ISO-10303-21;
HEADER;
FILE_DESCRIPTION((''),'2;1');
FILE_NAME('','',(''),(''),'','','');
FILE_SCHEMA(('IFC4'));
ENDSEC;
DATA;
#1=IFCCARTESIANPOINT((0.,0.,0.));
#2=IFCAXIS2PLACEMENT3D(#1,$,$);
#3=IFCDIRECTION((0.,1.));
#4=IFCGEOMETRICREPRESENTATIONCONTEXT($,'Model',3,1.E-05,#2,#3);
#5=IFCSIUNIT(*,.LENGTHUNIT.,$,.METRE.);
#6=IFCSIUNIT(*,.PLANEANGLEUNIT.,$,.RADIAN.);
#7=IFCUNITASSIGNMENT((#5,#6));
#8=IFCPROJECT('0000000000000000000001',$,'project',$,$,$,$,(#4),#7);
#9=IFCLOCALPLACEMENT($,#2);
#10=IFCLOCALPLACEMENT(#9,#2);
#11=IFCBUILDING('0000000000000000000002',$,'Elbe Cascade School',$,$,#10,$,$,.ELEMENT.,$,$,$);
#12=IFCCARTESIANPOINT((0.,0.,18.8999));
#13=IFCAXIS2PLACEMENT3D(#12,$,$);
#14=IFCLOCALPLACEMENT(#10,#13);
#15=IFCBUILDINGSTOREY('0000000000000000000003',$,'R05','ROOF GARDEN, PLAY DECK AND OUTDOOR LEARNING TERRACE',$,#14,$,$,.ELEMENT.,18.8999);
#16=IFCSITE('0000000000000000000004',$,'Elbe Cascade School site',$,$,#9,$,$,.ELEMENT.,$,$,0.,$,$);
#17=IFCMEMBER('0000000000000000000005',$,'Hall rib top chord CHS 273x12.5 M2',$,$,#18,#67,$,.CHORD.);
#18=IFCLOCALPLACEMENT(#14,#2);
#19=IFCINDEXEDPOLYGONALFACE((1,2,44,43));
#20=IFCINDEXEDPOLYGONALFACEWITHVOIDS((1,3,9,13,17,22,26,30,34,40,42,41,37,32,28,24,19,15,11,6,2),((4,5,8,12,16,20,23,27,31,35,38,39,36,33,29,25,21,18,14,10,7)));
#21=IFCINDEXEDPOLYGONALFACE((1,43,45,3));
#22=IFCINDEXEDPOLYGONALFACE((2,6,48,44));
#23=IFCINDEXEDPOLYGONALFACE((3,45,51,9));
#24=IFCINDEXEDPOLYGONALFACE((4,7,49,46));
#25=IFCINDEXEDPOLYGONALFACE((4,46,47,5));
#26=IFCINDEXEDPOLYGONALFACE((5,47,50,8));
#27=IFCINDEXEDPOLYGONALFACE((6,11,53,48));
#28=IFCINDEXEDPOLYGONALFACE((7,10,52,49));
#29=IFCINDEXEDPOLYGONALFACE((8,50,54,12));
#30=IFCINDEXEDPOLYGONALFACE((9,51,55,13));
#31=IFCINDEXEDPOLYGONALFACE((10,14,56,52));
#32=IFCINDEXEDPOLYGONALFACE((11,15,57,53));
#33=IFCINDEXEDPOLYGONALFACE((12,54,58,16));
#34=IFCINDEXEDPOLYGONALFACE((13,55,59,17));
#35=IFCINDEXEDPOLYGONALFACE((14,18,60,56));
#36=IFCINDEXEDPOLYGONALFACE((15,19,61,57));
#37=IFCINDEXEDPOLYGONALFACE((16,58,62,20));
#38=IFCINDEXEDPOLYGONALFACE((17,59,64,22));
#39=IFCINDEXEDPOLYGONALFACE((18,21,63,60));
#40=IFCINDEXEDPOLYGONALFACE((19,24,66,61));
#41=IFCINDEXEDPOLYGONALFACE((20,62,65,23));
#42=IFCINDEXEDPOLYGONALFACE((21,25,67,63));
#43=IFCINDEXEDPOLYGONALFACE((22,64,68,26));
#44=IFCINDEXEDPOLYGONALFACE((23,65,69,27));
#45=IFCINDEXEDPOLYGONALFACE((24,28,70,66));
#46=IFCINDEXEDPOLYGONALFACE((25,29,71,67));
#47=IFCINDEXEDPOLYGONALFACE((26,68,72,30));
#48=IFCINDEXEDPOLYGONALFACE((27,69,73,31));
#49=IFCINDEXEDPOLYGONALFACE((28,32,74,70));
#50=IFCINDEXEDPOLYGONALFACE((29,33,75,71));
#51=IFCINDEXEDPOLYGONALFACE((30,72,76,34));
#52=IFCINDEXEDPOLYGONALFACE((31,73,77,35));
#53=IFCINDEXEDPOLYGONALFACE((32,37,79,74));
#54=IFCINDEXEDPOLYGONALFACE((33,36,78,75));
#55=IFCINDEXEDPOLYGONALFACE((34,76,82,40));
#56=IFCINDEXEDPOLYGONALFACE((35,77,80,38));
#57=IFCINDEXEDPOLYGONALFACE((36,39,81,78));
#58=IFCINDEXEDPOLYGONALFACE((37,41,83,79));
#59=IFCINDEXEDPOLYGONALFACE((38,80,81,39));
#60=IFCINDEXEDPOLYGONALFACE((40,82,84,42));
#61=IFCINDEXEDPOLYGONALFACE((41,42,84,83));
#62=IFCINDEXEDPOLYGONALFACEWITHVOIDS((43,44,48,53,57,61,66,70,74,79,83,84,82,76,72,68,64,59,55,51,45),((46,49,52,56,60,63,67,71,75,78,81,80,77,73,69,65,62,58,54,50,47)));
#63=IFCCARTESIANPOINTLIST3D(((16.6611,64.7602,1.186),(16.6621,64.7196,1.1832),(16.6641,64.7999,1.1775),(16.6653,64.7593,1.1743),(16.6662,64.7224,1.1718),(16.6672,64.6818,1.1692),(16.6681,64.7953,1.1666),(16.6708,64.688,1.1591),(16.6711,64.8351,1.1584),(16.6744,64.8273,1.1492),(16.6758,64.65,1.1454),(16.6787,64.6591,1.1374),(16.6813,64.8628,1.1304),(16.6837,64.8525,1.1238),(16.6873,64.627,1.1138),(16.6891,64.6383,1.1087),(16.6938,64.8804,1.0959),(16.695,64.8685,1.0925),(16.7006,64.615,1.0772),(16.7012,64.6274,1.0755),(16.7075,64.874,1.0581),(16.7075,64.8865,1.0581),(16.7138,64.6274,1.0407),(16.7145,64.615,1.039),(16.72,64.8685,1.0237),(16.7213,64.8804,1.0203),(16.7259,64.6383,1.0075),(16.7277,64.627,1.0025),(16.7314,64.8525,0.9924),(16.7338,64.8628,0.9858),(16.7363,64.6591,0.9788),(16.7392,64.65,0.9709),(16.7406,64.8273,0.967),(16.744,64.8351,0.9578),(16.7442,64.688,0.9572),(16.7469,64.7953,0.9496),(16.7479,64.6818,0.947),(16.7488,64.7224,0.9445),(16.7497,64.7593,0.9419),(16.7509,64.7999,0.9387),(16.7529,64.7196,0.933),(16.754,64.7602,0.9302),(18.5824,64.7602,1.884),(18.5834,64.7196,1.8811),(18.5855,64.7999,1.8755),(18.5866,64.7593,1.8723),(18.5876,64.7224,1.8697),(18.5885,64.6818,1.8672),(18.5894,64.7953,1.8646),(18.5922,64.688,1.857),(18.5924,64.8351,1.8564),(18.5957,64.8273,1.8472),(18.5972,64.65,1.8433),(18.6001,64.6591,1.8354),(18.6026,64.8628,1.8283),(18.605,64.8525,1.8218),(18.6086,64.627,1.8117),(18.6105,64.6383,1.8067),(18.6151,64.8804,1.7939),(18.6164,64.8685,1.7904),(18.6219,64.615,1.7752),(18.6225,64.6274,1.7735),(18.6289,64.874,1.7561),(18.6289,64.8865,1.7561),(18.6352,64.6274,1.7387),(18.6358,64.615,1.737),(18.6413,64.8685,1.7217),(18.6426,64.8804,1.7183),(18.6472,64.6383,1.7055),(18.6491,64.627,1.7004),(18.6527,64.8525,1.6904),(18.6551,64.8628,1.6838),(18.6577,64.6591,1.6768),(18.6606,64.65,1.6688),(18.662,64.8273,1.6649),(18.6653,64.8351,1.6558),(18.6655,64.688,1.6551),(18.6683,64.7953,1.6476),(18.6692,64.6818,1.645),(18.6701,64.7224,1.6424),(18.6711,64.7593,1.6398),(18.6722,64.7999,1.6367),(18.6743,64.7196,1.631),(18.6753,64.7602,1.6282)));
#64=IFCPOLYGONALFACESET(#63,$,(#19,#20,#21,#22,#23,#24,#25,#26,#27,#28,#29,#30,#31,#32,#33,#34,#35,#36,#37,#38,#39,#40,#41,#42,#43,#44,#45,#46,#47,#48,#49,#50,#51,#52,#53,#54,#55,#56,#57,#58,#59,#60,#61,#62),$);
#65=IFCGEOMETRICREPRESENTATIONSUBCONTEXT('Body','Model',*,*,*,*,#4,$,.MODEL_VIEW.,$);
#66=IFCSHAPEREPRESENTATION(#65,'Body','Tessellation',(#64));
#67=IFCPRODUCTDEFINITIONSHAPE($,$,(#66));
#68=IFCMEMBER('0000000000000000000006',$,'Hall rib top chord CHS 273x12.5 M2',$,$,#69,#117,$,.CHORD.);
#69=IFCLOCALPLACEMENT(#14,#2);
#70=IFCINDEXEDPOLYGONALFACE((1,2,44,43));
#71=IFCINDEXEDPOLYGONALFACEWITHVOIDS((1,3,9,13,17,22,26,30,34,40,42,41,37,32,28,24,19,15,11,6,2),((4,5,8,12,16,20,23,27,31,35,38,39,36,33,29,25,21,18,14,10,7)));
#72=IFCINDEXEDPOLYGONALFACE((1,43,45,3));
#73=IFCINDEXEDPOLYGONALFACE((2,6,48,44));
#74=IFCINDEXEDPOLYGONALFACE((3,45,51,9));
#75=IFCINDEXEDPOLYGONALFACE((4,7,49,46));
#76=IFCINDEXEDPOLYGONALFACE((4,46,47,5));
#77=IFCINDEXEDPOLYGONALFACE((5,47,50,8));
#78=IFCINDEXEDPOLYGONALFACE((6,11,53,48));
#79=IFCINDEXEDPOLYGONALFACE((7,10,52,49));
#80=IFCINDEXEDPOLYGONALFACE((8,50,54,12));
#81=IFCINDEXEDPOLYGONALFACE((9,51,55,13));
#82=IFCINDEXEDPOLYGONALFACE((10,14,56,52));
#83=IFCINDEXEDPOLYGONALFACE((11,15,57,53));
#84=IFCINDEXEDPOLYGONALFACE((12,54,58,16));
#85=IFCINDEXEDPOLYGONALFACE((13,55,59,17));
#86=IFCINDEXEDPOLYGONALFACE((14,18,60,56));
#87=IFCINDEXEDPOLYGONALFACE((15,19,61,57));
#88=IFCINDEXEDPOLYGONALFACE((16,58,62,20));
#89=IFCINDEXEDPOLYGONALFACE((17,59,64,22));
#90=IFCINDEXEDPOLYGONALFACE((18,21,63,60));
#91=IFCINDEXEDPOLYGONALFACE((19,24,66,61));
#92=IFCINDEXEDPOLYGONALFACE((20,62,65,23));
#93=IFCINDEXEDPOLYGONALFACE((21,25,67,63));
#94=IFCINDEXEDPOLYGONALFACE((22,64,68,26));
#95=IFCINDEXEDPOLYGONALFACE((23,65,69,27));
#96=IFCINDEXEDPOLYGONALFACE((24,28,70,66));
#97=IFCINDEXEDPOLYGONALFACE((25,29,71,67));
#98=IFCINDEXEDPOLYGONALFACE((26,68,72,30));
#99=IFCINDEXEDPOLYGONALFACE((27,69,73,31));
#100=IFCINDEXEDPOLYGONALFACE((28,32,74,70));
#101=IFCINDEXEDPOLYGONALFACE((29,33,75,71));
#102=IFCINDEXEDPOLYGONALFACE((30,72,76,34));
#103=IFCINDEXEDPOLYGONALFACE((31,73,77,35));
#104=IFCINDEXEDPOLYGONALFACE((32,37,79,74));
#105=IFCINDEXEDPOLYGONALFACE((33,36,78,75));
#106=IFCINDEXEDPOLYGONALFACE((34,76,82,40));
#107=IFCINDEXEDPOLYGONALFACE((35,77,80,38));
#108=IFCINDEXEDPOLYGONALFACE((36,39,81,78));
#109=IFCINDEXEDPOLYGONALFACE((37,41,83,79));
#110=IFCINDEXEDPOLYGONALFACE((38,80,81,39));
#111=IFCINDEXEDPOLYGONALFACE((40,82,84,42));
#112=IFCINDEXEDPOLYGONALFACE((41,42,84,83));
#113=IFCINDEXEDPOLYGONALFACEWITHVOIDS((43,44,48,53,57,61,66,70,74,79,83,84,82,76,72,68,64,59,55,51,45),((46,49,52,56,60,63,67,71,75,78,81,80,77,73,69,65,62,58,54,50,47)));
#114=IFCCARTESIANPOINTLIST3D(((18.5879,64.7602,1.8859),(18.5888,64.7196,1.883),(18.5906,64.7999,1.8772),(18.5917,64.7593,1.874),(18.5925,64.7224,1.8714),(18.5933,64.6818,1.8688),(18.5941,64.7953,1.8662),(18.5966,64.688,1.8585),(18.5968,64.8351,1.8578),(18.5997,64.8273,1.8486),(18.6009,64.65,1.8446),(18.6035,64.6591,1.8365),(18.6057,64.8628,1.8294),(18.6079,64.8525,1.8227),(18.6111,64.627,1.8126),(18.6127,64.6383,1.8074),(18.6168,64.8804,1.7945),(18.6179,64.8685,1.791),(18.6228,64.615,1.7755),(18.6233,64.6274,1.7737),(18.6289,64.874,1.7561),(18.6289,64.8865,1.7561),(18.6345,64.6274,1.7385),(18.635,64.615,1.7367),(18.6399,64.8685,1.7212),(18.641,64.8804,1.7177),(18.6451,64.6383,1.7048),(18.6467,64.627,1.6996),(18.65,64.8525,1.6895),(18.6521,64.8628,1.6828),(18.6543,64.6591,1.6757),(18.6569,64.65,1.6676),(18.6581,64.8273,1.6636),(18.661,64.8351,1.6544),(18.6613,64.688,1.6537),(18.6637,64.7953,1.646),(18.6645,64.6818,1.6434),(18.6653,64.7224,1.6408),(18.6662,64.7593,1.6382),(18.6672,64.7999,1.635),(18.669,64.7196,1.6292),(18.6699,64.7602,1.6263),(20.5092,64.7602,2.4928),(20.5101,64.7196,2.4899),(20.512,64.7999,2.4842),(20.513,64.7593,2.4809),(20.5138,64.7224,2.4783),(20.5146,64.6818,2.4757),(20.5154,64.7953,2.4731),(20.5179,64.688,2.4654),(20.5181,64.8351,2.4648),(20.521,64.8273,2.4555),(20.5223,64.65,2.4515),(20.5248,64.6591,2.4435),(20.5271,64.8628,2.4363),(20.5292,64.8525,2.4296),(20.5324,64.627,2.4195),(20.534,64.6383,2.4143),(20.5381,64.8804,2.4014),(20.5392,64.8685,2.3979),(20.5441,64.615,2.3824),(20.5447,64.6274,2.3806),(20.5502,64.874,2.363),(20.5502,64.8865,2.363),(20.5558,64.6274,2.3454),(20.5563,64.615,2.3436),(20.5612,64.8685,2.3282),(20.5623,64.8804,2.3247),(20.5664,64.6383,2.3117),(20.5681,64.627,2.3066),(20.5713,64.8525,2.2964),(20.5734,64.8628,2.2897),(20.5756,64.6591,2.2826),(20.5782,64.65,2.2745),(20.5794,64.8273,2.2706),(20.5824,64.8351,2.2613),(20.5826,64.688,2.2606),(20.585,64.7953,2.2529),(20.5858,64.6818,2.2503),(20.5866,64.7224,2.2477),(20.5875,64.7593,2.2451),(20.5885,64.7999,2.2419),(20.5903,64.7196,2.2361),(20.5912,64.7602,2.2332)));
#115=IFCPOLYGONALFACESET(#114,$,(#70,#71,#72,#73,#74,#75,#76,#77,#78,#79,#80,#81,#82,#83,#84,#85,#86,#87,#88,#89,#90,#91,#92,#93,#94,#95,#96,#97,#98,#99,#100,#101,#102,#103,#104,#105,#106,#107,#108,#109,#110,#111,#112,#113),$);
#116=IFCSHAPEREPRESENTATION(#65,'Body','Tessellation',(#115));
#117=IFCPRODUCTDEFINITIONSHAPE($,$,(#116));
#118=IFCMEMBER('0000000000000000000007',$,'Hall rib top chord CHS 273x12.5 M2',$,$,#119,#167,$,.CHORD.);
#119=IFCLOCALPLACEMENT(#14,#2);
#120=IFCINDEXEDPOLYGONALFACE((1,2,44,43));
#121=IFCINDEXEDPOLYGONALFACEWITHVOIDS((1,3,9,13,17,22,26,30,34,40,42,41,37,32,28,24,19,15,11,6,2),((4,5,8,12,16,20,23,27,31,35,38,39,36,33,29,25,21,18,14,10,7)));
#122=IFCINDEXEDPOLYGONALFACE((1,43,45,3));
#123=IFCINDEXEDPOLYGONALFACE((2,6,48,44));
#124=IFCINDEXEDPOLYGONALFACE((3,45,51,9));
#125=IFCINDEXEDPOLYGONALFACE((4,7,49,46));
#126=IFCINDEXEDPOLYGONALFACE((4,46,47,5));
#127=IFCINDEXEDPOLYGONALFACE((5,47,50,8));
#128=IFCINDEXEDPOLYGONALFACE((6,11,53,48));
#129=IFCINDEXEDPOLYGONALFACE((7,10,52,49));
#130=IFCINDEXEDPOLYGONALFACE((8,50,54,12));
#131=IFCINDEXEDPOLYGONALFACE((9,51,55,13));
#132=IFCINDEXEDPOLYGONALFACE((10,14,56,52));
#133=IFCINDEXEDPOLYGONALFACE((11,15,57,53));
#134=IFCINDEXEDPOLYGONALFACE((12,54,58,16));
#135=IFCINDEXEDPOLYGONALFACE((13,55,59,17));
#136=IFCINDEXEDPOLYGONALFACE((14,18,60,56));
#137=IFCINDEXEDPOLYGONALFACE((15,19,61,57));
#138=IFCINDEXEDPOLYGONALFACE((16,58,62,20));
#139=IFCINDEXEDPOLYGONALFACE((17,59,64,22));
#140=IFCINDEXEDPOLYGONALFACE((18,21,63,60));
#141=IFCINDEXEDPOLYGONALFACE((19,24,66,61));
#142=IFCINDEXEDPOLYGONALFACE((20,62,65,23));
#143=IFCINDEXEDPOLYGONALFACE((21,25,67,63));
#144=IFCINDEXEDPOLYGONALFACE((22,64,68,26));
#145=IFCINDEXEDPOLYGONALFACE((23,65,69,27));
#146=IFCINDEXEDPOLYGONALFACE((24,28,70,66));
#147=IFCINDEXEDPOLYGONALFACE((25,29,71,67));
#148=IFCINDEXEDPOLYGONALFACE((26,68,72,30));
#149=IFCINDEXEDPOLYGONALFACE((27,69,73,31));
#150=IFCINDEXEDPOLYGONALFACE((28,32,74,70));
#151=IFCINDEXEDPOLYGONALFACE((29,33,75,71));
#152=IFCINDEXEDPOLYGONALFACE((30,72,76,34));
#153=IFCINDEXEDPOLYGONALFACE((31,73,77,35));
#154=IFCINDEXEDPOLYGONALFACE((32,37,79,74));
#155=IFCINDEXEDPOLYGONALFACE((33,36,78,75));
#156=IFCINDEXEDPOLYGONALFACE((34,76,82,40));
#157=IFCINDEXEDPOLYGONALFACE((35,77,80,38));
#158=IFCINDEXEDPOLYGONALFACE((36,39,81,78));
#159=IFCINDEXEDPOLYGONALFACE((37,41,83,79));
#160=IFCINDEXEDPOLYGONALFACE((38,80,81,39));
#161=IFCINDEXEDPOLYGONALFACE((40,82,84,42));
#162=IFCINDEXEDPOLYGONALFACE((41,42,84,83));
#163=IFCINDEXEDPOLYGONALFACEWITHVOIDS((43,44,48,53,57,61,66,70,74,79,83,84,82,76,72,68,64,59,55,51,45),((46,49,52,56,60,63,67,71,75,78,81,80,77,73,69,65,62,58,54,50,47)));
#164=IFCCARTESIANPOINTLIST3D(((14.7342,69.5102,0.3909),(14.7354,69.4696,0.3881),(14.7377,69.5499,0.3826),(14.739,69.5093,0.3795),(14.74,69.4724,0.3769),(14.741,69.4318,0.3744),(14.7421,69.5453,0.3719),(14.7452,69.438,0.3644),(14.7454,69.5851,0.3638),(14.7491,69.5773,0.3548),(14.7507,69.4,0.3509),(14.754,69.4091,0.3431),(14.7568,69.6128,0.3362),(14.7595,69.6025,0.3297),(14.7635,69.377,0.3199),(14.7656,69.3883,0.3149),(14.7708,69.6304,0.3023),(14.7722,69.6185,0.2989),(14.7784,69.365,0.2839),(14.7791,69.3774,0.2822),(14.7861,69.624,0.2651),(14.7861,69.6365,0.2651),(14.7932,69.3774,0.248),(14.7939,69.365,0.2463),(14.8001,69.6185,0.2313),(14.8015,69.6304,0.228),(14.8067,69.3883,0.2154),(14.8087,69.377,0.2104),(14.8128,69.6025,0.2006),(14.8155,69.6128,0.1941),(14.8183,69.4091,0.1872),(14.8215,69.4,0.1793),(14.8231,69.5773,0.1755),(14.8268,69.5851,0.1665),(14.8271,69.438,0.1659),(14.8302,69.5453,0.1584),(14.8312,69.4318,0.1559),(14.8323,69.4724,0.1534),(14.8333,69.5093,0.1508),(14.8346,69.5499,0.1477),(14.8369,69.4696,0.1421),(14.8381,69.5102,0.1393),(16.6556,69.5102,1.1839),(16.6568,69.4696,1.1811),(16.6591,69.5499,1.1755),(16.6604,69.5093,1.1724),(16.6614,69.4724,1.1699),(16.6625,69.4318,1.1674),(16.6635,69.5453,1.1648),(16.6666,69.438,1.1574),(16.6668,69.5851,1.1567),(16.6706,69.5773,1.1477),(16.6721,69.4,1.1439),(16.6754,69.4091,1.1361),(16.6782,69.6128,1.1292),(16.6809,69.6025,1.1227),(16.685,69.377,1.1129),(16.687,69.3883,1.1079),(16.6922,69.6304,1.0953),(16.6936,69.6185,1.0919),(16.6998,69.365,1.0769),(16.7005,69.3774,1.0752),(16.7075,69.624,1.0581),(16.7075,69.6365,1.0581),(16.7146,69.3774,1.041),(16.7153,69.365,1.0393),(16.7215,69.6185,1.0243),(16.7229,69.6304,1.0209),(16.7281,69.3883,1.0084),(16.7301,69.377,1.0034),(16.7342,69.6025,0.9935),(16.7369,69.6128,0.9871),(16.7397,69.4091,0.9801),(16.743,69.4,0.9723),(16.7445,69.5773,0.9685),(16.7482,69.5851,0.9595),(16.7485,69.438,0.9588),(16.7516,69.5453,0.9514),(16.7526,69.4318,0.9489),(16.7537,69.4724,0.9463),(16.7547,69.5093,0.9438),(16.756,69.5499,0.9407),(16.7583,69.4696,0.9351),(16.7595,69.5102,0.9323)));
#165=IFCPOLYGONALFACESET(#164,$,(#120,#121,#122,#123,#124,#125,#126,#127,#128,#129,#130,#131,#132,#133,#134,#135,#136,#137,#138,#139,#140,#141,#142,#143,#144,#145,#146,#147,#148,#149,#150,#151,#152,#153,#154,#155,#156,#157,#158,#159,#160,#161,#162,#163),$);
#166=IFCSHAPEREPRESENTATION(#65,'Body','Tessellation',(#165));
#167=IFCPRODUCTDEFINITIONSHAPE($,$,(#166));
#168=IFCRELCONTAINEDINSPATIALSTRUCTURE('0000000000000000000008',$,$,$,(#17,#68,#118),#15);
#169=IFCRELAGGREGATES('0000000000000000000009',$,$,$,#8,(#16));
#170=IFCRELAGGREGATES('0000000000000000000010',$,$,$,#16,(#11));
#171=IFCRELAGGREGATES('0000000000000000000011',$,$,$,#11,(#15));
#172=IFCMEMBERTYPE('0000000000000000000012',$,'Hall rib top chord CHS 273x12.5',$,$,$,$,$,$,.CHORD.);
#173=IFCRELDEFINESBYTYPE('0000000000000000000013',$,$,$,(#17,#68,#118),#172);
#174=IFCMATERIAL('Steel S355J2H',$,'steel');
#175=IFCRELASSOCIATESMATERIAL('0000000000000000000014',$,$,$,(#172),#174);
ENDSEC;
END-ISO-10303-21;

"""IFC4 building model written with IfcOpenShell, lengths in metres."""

from ifc_helpers import new_model, si_unit, direction, frame, origin, origin_2d, place, context, subcontext, project, spatial, hollow_circle, extrude, material, material_profile, profile_set, type_object, element, save


model = new_model("IFC4")

# Units and contexts
model_context = context("Model", 3, precision=1e-05, world=origin(), true_north=direction((0.0, 1.0)))
body_context = subcontext(model_context, "Body", "Model", "MODEL_VIEW")
ifc_project = project(units=[si_unit("LENGTHUNIT", "METRE"), si_unit("PLANEANGLEUNIT", "RADIAN")], contexts=[model_context])

# Site, building, storey
site_placement = place(None, origin())
site = spatial("IfcSite", under=ifc_project, at=site_placement, Name="Elbe Cascade School site", CompositionType="ELEMENT", RefElevation=0.0)
building_placement = place(site_placement, origin())
building = spatial("IfcBuilding", under=site, at=building_placement, Name="Elbe Cascade School", CompositionType="ELEMENT")
storey_placement = place(building_placement, frame((0.0, 0.0, 18.8999)))
storey = spatial("IfcBuildingStorey", under=building, at=storey_placement, Name="R05", Description="ROOF GARDEN, PLAY DECK AND OUTDOOR LEARNING TERRACE", CompositionType="ELEMENT", Elevation=18.8999)

# Members
ifc_material_1 = material(Name="Steel S355J2H", Category="steel")
ifc_material_profile_1 = material_profile(ifc_material_1, hollow_circle(Radius=0.1365, WallThickness=0.0125, at=origin_2d()), Name="CHS 273x12.5")
ifc_profile_set_1 = profile_set([ifc_material_profile_1], Name="Steel S355J2H")
member_type_1 = type_object("IfcMemberType", Name="Hall rib top chord CHS 273x12.5", PredefinedType="CHORD", material=ifc_profile_set_1)
member_1_placement = place(storey_placement, frame((16.7075, 64.75, 1.0581), z_axis=(0.939901, 0.0, 0.341446), x_axis=(0.0, 1.0, 0.0)))
element("IfcMember", 1, at=member_1_placement, inside=storey, type_object=member_type_1, Name="Hall rib top chord CHS 273x12.5 M2", PredefinedType="CHORD", context=body_context, shape_type="SweptSolid", body=[
    extrude(hollow_circle(Radius=0.1365, WallThickness=0.0125, at=origin_2d()), origin(), (0.0, 0.0, 1.0), 2.0442),
])
member_2_placement = place(storey_placement, frame((18.6289, 64.75, 1.7561), z_axis=(0.953557, 0.0, 0.301213), x_axis=(0.0, 1.0, 0.0)))
element("IfcMember", 2, at=member_2_placement, inside=storey, type_object=member_type_1, Name="Hall rib top chord CHS 273x12.5 M2", PredefinedType="CHORD", context=body_context, shape_type="SweptSolid", body=[
    extrude(hollow_circle(Radius=0.1365, WallThickness=0.0125, at=origin_2d()), origin(), (0.0, 0.0, 1.0), 2.0149),
])
member_3_placement = place(storey_placement, frame((14.7861, 69.5, 0.2651), z_axis=(0.924371, 0.0, 0.381494), x_axis=(0.0, 1.0, 0.0)))
element("IfcMember", 3, at=member_3_placement, inside=storey, type_object=member_type_1, Name="Hall rib top chord CHS 273x12.5 M2", PredefinedType="CHORD", context=body_context, shape_type="SweptSolid", body=[
    extrude(hollow_circle(Radius=0.1365, WallThickness=0.0125, at=origin_2d()), origin(), (0.0, 0.0, 1.0), 2.0786),
])

save(model, "model.ifc")
